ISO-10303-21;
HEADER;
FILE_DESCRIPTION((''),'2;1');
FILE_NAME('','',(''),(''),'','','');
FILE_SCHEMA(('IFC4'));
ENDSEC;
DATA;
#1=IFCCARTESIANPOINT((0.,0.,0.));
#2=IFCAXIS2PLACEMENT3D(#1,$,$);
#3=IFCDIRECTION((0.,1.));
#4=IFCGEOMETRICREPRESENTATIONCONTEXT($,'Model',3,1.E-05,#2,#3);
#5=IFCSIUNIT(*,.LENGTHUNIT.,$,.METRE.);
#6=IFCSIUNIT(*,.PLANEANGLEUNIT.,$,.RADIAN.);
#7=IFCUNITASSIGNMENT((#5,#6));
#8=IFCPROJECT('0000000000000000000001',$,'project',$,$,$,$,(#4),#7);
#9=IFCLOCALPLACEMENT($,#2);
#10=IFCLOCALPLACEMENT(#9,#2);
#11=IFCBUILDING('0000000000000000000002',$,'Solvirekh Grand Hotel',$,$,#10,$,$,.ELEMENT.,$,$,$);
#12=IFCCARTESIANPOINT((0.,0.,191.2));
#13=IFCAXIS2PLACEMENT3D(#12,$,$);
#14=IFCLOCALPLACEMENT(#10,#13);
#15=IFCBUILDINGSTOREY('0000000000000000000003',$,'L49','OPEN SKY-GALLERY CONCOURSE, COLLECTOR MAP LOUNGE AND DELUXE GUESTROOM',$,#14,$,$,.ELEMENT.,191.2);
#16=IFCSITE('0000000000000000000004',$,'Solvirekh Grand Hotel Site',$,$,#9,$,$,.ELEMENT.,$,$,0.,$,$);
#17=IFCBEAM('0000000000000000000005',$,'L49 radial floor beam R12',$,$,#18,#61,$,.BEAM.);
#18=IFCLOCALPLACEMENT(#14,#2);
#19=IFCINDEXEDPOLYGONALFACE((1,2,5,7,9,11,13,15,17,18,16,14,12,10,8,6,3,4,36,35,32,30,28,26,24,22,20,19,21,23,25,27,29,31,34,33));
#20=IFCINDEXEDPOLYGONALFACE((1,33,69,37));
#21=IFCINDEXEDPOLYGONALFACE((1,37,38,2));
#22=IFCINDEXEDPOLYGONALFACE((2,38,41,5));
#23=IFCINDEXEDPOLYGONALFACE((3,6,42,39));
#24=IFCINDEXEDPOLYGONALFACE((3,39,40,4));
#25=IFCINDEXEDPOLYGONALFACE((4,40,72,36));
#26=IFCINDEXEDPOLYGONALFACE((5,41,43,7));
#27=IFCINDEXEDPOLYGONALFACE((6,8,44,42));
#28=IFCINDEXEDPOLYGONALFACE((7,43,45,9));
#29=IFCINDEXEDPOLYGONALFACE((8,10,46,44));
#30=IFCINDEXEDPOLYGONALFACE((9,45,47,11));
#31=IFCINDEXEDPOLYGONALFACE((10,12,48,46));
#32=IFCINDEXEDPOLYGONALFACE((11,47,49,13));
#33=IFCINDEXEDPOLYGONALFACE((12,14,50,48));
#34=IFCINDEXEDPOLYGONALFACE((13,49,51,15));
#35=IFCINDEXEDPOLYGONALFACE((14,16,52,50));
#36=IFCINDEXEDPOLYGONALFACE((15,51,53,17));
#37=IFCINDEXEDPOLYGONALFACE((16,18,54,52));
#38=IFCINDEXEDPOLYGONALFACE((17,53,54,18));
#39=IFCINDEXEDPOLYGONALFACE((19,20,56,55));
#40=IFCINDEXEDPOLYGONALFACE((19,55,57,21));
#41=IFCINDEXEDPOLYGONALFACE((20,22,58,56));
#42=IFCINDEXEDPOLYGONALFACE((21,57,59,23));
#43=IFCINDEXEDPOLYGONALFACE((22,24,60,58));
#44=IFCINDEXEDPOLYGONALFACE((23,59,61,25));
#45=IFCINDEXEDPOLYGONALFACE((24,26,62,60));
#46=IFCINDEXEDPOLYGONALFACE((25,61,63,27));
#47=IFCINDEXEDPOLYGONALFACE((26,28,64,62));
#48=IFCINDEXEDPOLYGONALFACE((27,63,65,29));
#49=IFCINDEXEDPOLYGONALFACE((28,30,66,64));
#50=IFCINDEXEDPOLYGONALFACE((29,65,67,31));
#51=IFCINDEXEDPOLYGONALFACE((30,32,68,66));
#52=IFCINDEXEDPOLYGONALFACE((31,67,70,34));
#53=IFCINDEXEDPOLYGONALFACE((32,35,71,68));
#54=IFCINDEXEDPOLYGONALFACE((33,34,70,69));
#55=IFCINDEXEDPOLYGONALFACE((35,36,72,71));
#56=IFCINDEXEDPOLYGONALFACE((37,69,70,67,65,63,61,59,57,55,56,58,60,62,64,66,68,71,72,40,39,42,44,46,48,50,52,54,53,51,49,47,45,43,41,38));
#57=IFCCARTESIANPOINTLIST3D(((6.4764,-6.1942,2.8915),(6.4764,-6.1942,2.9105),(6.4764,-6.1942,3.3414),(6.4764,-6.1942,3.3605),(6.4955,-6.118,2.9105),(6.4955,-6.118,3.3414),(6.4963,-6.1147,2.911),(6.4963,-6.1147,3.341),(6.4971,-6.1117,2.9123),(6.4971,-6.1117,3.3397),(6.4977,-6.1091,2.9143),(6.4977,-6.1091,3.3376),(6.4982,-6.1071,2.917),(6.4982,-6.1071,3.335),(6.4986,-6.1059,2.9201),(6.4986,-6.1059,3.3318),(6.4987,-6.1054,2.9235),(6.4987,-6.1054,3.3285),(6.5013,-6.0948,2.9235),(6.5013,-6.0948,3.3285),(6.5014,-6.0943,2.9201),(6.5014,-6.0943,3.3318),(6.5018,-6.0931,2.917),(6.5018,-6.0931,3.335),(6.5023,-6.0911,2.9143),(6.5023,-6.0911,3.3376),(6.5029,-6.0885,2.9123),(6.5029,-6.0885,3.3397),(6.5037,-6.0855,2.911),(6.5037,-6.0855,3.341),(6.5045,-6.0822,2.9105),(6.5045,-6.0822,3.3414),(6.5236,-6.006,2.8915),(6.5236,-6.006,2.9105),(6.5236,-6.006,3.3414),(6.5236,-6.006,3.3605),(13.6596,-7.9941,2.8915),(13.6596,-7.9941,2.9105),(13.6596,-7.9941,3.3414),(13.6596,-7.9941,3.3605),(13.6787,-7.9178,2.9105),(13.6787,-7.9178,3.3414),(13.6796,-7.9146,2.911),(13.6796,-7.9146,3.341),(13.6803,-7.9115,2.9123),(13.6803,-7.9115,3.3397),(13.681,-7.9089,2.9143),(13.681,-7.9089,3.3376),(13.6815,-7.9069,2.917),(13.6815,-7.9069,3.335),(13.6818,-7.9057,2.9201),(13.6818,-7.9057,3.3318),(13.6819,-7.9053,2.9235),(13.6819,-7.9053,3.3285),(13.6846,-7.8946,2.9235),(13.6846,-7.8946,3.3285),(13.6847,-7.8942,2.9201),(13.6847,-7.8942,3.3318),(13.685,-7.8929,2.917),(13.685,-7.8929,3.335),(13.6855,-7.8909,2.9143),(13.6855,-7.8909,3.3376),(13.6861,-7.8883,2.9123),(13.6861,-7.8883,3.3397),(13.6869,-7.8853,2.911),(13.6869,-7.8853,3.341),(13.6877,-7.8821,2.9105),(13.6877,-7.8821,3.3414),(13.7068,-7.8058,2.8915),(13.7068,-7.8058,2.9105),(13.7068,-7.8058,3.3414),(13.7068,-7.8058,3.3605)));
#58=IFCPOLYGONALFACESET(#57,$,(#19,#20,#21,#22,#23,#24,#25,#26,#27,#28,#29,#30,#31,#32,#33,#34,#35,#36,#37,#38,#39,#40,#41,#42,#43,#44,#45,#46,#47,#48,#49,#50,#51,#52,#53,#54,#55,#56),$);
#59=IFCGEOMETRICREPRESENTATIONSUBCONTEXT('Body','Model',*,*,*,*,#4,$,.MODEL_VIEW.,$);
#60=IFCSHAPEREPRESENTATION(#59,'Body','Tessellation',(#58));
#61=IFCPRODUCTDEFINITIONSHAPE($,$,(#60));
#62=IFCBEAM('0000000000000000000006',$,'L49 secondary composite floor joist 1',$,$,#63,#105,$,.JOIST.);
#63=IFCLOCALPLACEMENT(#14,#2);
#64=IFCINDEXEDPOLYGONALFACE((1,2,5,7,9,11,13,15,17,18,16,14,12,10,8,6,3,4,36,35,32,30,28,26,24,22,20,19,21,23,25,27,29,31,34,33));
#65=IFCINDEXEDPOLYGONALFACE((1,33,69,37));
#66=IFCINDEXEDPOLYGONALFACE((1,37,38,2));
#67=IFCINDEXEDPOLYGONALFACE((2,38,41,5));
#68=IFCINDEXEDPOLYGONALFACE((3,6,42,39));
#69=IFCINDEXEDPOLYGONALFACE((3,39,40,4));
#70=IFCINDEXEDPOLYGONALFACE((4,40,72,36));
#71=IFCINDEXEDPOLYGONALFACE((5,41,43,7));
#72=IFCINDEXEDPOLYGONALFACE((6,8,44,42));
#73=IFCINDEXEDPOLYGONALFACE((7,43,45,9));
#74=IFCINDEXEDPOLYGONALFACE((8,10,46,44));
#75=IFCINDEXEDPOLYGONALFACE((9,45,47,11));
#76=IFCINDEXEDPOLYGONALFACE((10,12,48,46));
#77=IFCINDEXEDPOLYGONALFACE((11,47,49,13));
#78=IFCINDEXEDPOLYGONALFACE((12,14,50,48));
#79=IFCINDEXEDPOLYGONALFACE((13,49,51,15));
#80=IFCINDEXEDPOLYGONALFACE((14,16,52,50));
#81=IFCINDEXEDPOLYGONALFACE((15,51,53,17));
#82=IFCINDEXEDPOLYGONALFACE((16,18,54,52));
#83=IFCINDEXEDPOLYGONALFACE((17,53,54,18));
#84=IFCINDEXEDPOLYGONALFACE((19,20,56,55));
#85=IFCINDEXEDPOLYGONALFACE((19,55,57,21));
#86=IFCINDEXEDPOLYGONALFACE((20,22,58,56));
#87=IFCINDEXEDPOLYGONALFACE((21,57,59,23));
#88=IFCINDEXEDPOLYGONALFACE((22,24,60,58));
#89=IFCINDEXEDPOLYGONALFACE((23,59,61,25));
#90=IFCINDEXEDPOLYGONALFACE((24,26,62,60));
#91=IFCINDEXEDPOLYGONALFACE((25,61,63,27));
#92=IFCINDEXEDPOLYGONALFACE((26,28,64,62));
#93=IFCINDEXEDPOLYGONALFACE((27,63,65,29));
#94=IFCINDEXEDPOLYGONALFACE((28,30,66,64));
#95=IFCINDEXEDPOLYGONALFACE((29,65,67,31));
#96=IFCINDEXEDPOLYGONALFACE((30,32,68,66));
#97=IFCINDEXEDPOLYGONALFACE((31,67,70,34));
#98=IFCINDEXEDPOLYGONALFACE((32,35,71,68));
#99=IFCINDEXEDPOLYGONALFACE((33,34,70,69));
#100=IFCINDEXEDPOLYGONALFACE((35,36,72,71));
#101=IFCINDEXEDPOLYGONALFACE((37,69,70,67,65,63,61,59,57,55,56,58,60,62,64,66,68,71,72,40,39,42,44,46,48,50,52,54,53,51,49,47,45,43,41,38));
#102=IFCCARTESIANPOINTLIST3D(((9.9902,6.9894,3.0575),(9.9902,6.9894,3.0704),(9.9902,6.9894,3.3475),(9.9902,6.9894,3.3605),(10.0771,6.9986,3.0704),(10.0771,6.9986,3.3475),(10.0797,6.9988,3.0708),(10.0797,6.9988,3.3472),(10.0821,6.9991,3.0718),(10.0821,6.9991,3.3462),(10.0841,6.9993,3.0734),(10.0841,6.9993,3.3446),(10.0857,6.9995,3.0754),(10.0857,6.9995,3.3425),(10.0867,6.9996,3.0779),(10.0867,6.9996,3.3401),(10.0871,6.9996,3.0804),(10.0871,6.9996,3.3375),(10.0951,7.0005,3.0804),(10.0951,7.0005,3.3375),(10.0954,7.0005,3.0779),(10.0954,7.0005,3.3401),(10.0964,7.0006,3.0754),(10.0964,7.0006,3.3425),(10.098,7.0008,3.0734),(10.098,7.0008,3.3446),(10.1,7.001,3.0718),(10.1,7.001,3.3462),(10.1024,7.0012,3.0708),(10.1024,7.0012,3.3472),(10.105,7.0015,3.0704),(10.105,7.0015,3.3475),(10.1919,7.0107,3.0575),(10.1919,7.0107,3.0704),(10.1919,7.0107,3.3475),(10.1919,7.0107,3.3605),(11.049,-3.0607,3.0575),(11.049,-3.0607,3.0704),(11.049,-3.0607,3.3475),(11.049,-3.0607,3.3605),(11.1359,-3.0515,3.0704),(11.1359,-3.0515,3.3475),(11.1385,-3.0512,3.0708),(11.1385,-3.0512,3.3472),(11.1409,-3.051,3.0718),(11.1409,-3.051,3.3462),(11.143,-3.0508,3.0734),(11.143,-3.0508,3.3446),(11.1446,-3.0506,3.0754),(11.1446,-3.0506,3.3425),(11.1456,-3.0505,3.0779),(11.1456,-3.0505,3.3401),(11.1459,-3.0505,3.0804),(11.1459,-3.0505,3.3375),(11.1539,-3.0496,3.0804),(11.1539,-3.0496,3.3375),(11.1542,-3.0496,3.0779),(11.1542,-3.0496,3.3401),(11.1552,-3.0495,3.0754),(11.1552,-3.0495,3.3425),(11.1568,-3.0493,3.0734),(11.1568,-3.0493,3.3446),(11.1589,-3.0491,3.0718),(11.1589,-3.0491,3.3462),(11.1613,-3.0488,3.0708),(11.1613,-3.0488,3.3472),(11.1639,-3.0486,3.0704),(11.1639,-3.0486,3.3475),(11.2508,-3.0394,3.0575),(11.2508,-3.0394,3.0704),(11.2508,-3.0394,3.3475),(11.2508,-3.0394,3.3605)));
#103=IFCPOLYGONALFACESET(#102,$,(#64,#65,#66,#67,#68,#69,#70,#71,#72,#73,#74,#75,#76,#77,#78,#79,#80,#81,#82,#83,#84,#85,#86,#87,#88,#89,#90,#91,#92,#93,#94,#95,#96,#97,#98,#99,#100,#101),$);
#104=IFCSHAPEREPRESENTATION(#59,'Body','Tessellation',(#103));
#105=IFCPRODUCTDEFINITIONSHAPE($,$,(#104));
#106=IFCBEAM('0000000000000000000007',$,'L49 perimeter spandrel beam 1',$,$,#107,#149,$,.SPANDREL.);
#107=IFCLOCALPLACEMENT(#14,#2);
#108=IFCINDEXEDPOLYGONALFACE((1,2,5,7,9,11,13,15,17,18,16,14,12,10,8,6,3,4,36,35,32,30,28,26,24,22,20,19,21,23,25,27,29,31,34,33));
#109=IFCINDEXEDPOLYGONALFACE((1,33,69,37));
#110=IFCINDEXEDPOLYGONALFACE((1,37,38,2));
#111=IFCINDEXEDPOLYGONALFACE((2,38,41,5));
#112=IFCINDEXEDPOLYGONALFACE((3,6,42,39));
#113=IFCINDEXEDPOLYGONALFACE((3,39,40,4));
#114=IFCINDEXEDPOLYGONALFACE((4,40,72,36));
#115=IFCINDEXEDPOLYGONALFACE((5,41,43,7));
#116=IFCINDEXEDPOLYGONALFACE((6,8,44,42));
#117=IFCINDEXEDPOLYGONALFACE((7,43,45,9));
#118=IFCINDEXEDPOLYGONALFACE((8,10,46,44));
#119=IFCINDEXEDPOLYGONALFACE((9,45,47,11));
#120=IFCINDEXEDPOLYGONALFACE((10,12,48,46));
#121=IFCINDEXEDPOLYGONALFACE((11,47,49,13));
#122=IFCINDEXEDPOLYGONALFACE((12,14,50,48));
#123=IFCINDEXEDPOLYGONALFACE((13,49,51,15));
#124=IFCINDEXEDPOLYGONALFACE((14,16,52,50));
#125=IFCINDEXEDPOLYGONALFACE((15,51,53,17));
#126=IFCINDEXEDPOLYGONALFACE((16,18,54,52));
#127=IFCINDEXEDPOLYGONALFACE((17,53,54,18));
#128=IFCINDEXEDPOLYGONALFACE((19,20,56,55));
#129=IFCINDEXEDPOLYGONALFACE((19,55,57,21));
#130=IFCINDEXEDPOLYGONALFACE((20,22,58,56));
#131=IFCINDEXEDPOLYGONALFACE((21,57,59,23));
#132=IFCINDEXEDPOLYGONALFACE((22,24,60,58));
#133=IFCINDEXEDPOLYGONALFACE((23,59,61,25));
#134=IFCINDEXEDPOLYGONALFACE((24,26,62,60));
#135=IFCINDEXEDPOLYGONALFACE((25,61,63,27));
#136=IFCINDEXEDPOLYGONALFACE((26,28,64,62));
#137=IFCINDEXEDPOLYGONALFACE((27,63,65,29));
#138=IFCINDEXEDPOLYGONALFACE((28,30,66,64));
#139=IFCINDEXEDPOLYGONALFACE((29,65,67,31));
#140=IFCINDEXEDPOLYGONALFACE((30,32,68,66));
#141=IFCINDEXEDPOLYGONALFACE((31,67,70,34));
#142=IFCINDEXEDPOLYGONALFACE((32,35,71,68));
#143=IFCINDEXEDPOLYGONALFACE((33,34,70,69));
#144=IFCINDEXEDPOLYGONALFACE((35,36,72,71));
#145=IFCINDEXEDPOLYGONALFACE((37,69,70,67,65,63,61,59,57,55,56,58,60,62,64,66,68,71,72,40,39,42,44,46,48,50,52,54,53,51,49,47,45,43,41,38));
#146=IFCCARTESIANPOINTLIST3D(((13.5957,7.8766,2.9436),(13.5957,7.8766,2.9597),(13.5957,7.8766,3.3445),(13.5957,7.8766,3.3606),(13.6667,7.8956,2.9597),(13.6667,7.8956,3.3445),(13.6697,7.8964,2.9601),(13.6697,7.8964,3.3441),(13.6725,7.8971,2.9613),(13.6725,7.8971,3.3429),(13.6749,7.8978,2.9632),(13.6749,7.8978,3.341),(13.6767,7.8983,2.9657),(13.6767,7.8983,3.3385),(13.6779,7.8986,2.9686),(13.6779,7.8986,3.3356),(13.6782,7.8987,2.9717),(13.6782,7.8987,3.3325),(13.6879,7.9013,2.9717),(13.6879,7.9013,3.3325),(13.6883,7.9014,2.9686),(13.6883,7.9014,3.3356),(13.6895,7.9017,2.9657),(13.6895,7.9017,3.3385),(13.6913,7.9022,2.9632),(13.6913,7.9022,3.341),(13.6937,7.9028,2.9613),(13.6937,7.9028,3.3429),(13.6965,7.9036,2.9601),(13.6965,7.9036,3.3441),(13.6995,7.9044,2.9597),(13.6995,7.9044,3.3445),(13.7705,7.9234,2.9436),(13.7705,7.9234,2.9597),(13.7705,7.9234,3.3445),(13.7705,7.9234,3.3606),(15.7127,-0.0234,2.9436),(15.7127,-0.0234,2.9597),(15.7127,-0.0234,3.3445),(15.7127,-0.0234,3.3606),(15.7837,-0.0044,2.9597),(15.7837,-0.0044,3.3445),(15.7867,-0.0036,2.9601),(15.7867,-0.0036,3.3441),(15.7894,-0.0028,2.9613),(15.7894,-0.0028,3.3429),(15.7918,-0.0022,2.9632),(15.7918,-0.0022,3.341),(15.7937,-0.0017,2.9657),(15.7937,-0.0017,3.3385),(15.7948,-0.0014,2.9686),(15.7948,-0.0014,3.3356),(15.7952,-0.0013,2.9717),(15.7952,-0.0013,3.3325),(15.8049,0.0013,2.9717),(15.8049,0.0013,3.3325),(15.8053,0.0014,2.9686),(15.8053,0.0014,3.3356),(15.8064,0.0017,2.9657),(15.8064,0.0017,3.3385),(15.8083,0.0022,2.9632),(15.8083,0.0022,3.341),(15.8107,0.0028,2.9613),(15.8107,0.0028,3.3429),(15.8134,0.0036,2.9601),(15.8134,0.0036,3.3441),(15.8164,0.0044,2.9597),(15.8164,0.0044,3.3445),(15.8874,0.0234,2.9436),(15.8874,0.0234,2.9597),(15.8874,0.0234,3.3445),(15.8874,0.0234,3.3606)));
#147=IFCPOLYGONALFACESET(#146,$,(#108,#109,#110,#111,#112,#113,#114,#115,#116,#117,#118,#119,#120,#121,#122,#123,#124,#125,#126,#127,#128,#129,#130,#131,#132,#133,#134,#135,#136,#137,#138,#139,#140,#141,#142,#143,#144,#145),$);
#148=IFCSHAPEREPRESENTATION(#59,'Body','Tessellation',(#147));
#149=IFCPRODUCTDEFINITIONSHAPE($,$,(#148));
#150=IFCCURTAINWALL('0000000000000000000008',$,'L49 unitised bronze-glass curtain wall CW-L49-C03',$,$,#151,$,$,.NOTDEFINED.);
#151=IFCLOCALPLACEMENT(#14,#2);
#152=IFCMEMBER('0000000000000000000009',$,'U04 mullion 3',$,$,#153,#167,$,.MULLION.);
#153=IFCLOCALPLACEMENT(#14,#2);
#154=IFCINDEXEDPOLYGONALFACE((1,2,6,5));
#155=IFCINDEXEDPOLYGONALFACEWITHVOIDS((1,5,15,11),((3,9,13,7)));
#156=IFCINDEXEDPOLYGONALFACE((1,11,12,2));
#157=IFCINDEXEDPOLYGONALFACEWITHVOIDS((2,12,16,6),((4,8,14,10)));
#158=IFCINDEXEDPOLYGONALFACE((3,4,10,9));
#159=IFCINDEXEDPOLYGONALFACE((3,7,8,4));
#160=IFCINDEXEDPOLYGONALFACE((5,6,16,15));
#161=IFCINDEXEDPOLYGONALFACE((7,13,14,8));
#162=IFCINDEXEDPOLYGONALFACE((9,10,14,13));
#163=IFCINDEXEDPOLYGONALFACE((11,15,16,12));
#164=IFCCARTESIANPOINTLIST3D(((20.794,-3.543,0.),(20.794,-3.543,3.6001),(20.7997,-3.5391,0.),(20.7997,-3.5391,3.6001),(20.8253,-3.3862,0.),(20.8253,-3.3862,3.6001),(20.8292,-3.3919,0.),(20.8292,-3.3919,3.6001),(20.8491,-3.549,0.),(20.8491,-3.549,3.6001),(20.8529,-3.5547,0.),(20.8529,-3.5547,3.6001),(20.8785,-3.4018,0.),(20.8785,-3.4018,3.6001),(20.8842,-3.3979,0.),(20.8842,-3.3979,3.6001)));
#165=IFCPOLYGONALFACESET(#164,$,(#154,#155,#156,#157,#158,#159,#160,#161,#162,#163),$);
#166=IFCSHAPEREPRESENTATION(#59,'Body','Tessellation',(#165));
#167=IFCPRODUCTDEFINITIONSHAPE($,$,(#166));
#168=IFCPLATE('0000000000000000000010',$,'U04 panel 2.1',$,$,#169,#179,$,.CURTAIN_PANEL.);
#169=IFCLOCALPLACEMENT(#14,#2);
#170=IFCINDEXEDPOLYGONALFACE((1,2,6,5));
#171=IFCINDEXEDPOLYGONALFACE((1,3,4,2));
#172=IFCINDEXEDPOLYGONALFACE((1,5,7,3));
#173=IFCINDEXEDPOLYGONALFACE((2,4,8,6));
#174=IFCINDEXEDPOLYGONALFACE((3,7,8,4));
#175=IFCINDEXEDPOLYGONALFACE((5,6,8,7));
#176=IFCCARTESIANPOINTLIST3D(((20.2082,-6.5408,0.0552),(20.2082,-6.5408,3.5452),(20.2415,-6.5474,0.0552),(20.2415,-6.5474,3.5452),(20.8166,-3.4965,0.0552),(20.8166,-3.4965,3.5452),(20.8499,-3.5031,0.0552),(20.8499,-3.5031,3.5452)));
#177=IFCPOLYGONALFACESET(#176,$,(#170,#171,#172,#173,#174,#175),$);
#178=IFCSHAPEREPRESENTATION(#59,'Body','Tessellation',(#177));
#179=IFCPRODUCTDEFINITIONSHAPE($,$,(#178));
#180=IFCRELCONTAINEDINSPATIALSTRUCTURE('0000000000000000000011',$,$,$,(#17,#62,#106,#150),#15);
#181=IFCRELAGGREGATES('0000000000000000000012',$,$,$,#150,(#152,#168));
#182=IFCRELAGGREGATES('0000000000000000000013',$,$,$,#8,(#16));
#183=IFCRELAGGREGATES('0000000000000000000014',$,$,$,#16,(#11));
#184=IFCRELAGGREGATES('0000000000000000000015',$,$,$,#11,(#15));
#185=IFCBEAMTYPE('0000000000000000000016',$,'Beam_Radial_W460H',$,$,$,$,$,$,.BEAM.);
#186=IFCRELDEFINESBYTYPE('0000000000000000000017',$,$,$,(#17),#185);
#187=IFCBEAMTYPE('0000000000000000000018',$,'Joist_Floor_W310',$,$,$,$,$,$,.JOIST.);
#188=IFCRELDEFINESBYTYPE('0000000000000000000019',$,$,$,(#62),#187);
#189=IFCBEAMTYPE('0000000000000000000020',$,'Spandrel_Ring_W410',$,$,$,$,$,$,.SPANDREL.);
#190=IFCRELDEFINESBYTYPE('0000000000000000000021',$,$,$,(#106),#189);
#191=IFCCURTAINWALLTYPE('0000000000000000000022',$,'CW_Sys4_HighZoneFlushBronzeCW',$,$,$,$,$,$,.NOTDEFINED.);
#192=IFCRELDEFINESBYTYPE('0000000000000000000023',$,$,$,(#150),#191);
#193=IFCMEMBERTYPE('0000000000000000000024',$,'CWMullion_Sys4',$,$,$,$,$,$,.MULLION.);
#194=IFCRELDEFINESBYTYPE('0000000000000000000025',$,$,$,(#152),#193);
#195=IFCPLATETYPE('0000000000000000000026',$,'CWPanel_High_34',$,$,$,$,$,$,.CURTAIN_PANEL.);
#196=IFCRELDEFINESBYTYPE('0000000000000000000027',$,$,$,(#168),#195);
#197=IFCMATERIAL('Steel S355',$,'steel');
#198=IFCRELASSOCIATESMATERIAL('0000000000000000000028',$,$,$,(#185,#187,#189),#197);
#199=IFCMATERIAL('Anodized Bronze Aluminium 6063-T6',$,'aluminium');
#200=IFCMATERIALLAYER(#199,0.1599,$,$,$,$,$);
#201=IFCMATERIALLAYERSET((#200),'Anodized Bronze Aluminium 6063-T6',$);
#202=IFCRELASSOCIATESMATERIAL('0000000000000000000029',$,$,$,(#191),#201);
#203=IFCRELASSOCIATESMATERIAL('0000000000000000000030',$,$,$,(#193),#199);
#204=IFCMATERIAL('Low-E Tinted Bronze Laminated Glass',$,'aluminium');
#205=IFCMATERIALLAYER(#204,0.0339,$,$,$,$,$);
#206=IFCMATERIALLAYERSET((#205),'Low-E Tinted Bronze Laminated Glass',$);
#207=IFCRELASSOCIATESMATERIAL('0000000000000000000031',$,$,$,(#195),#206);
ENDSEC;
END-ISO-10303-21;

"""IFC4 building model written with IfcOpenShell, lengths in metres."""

from ifc_helpers import new_model, si_unit, direction, frame, origin, origin_2d, place, context, subcontext, project, spatial, rectangle, hollow_rectangle, i_section, extrude, source, transform, mapped, material, layer, layer_set, material_profile, profile_set, type_object, element, aggregate, save


model = new_model("IFC4")

# Units and contexts
model_context = context("Model", 3, precision=1e-05, world=origin(), true_north=direction((0.0, 1.0)))
body_context = subcontext(model_context, "Body", "Model", "MODEL_VIEW")
ifc_project = project(units=[si_unit("LENGTHUNIT", "METRE"), si_unit("PLANEANGLEUNIT", "RADIAN")], contexts=[model_context])

# Site, building, storey
site_placement = place(None, origin())
site = spatial("IfcSite", under=ifc_project, at=site_placement, Name="Solvirekh Grand Hotel Site", CompositionType="ELEMENT", RefElevation=0.0)
building_placement = place(site_placement, origin())
building = spatial("IfcBuilding", under=site, at=building_placement, Name="Solvirekh Grand Hotel", CompositionType="ELEMENT")
storey_placement = place(building_placement, frame((0.0, 0.0, 191.2)))
storey = spatial("IfcBuildingStorey", under=building, at=storey_placement, Name="L49", Description="OPEN SKY-GALLERY CONCOURSE, COLLECTOR MAP LOUNGE AND DELUXE GUESTROOM", CompositionType="ELEMENT", Elevation=191.2)

# Beams
ifc_material_1 = material(Name="Steel S355", Category="steel")
ifc_material_profile_1 = material_profile(ifc_material_1, i_section(OverallWidth=0.1941, OverallDepth=0.469, WebThickness=0.011, FlangeThickness=0.019, FilletRadius=0.0129, at=origin_2d()), Name="W460X106")
ifc_profile_set_1 = profile_set([ifc_material_profile_1], Name="Steel S355")
beam_type_1 = type_object("IfcBeamType", Name="Beam_Radial_W460H", PredefinedType="BEAM", material=ifc_profile_set_1)
beam_1_placement = place(storey_placement, frame((6.5, -6.1001, 3.126), z_axis=(0.970014, -0.243048, 0.0), x_axis=(0.243048, 0.970014, 0.0)))
element("IfcBeam", 1, at=beam_1_placement, inside=storey, type_object=beam_type_1, Name="L49 radial floor beam R12", PredefinedType="BEAM", context=body_context, shape_type="SweptSolid", body=[
    extrude(i_section(OverallWidth=0.1941, OverallDepth=0.469, WebThickness=0.011, FlangeThickness=0.019, FilletRadius=0.0129, at=origin_2d()), origin(), (0.0, 0.0, 1.0), 7.4053),
])
ifc_material_profile_2 = material_profile(ifc_material_1, i_section(OverallWidth=0.2029, OverallDepth=0.303, WebThickness=0.0081, FlangeThickness=0.0129, FilletRadius=0.01, at=origin_2d()), Name="W310X60")
ifc_profile_set_2 = profile_set([ifc_material_profile_2], Name="Steel S355")
beam_type_2 = type_object("IfcBeamType", Name="Joist_Floor_W310", PredefinedType="JOIST", material=ifc_profile_set_2)
beam_2_placement = place(storey_placement, frame((11.1499, -3.05, 3.209), z_axis=(-0.104777, 0.994496, 0.0), x_axis=(-0.994496, -0.104777, 0.0)))
element("IfcBeam", 2, at=beam_2_placement, inside=storey, type_object=beam_type_2, Name="L49 secondary composite floor joist 1", PredefinedType="JOIST", context=body_context, shape_type="SweptSolid", body=[
    extrude(i_section(OverallWidth=0.2029, OverallDepth=0.303, WebThickness=0.0081, FlangeThickness=0.0129, FilletRadius=0.01, at=origin_2d()), origin(), (0.0, 0.0, 1.0), 10.1057),
])
ifc_material_profile_3 = material_profile(ifc_material_1, i_section(OverallWidth=0.1809, OverallDepth=0.417, WebThickness=0.01, FlangeThickness=0.0161, FilletRadius=0.012, at=origin_2d()), Name="W410X85")
ifc_profile_set_3 = profile_set([ifc_material_profile_3], Name="Steel S355")
beam_type_3 = type_object("IfcBeamType", Name="Spandrel_Ring_W410", PredefinedType="SPANDREL", material=ifc_profile_set_3)
beam_3_placement = place(storey_placement, frame((15.8, 0.0, 3.1521), z_axis=(-0.258839, 0.965921, 0.0), x_axis=(-0.965921, -0.258839, 0.0)))
element("IfcBeam", 3, at=beam_3_placement, inside=storey, type_object=beam_type_3, Name="L49 perimeter spandrel beam 1", PredefinedType="SPANDREL", context=body_context, shape_type="SweptSolid", body=[
    extrude(i_section(OverallWidth=0.1809, OverallDepth=0.417, WebThickness=0.01, FlangeThickness=0.0161, FilletRadius=0.012, at=origin_2d()), origin(), (0.0, 0.0, 1.0), 8.1787),
])

# Curtain wall, member, plate
ifc_material_2 = material(Name="Anodized Bronze Aluminium 6063-T6", Category="aluminium")
ifc_layer_1 = layer(ifc_material_2, 0.1599)
ifc_layer_set_1 = layer_set([ifc_layer_1], Name="Anodized Bronze Aluminium 6063-T6")
curtain_wall_type = type_object("IfcCurtainWallType", Name="CW_Sys4_HighZoneFlushBronzeCW", PredefinedType="NOTDEFINED", material=ifc_layer_set_1)
curtain_wall_placement = place(storey_placement, origin())
curtain_wall = element("IfcCurtainWall", 4, at=curtain_wall_placement, inside=storey, type_object=curtain_wall_type, Name="L49 unitised bronze-glass curtain wall CW-L49-C03", PredefinedType="NOTDEFINED")
ifc_material_profile_4 = material_profile(ifc_material_2, hollow_rectangle(XDim=0.0601, YDim=0.1599, WallThickness=0.0049, at=origin_2d()), Name="ALU RHS 160X60X5")
ifc_profile_set_4 = profile_set([ifc_material_profile_4], Name="Anodized Bronze Aluminium 6063-T6")
member_type = type_object("IfcMemberType", Name="CWMullion_Sys4", PredefinedType="MULLION", material=ifc_profile_set_4)
shared_shape_1 = source(origin(), body_context, "Body", "SweptSolid", [
    extrude(hollow_rectangle(XDim=0.0601, YDim=0.1599, WallThickness=0.0049, at=origin_2d()), origin(), (0.0, 0.0, 1.0), 3.6001),
])
member_placement = place(storey_placement, frame((20.8391, -3.4705, 0.0), z_axis=(0.0, 0.0, 1.0), x_axis=(-0.980611, 0.195966, 0.0)))
member = element("IfcMember", 5, at=member_placement, type_object=member_type, Name="U04 mullion 3", PredefinedType="MULLION", context=body_context, shape_type="MappedRepresentation", body=[
    mapped(shared_shape_1, transform((0.0, 0.0, 0.0), x_axis=(1.0, 0.0, 0.0), y_axis=(0.0, 1.0, 0.0), z_axis=(0.0, 0.0, 1.0), scale=1.0)),
])
ifc_material_3 = material(Name="Low-E Tinted Bronze Laminated Glass", Category="aluminium")
ifc_layer_2 = layer(ifc_material_3, 0.0339)
ifc_layer_set_2 = layer_set([ifc_layer_2], Name="Low-E Tinted Bronze Laminated Glass")
plate_type = type_object("IfcPlateType", Name="CWPanel_High_34", PredefinedType="CURTAIN_PANEL", material=ifc_layer_set_2)
shared_shape_2 = source(origin(), body_context, "Body", "SweptSolid", [
    extrude(rectangle(XDim=3.1045, YDim=0.0339, at=origin_2d()), origin(), (0.0, 0.0, 1.0), 3.49),
])
plate_placement = place(storey_placement, frame((20.5291, -5.022, 0.0552), z_axis=(0.0, 0.0, 1.0), x_axis=(0.195966, 0.980611, 0.0)))
plate = element("IfcPlate", 6, at=plate_placement, type_object=plate_type, Name="U04 panel 2.1", PredefinedType="CURTAIN_PANEL", context=body_context, shape_type="MappedRepresentation", body=[
    mapped(shared_shape_2, transform((0.0, 0.0, 0.0), x_axis=(1.0, 0.0, 0.0), y_axis=(0.0, 1.0, 0.0), z_axis=(0.0, 0.0, 1.0), scale=1.0)),
])
aggregate(curtain_wall, [member, plate])

save(model, "model.ifc")
